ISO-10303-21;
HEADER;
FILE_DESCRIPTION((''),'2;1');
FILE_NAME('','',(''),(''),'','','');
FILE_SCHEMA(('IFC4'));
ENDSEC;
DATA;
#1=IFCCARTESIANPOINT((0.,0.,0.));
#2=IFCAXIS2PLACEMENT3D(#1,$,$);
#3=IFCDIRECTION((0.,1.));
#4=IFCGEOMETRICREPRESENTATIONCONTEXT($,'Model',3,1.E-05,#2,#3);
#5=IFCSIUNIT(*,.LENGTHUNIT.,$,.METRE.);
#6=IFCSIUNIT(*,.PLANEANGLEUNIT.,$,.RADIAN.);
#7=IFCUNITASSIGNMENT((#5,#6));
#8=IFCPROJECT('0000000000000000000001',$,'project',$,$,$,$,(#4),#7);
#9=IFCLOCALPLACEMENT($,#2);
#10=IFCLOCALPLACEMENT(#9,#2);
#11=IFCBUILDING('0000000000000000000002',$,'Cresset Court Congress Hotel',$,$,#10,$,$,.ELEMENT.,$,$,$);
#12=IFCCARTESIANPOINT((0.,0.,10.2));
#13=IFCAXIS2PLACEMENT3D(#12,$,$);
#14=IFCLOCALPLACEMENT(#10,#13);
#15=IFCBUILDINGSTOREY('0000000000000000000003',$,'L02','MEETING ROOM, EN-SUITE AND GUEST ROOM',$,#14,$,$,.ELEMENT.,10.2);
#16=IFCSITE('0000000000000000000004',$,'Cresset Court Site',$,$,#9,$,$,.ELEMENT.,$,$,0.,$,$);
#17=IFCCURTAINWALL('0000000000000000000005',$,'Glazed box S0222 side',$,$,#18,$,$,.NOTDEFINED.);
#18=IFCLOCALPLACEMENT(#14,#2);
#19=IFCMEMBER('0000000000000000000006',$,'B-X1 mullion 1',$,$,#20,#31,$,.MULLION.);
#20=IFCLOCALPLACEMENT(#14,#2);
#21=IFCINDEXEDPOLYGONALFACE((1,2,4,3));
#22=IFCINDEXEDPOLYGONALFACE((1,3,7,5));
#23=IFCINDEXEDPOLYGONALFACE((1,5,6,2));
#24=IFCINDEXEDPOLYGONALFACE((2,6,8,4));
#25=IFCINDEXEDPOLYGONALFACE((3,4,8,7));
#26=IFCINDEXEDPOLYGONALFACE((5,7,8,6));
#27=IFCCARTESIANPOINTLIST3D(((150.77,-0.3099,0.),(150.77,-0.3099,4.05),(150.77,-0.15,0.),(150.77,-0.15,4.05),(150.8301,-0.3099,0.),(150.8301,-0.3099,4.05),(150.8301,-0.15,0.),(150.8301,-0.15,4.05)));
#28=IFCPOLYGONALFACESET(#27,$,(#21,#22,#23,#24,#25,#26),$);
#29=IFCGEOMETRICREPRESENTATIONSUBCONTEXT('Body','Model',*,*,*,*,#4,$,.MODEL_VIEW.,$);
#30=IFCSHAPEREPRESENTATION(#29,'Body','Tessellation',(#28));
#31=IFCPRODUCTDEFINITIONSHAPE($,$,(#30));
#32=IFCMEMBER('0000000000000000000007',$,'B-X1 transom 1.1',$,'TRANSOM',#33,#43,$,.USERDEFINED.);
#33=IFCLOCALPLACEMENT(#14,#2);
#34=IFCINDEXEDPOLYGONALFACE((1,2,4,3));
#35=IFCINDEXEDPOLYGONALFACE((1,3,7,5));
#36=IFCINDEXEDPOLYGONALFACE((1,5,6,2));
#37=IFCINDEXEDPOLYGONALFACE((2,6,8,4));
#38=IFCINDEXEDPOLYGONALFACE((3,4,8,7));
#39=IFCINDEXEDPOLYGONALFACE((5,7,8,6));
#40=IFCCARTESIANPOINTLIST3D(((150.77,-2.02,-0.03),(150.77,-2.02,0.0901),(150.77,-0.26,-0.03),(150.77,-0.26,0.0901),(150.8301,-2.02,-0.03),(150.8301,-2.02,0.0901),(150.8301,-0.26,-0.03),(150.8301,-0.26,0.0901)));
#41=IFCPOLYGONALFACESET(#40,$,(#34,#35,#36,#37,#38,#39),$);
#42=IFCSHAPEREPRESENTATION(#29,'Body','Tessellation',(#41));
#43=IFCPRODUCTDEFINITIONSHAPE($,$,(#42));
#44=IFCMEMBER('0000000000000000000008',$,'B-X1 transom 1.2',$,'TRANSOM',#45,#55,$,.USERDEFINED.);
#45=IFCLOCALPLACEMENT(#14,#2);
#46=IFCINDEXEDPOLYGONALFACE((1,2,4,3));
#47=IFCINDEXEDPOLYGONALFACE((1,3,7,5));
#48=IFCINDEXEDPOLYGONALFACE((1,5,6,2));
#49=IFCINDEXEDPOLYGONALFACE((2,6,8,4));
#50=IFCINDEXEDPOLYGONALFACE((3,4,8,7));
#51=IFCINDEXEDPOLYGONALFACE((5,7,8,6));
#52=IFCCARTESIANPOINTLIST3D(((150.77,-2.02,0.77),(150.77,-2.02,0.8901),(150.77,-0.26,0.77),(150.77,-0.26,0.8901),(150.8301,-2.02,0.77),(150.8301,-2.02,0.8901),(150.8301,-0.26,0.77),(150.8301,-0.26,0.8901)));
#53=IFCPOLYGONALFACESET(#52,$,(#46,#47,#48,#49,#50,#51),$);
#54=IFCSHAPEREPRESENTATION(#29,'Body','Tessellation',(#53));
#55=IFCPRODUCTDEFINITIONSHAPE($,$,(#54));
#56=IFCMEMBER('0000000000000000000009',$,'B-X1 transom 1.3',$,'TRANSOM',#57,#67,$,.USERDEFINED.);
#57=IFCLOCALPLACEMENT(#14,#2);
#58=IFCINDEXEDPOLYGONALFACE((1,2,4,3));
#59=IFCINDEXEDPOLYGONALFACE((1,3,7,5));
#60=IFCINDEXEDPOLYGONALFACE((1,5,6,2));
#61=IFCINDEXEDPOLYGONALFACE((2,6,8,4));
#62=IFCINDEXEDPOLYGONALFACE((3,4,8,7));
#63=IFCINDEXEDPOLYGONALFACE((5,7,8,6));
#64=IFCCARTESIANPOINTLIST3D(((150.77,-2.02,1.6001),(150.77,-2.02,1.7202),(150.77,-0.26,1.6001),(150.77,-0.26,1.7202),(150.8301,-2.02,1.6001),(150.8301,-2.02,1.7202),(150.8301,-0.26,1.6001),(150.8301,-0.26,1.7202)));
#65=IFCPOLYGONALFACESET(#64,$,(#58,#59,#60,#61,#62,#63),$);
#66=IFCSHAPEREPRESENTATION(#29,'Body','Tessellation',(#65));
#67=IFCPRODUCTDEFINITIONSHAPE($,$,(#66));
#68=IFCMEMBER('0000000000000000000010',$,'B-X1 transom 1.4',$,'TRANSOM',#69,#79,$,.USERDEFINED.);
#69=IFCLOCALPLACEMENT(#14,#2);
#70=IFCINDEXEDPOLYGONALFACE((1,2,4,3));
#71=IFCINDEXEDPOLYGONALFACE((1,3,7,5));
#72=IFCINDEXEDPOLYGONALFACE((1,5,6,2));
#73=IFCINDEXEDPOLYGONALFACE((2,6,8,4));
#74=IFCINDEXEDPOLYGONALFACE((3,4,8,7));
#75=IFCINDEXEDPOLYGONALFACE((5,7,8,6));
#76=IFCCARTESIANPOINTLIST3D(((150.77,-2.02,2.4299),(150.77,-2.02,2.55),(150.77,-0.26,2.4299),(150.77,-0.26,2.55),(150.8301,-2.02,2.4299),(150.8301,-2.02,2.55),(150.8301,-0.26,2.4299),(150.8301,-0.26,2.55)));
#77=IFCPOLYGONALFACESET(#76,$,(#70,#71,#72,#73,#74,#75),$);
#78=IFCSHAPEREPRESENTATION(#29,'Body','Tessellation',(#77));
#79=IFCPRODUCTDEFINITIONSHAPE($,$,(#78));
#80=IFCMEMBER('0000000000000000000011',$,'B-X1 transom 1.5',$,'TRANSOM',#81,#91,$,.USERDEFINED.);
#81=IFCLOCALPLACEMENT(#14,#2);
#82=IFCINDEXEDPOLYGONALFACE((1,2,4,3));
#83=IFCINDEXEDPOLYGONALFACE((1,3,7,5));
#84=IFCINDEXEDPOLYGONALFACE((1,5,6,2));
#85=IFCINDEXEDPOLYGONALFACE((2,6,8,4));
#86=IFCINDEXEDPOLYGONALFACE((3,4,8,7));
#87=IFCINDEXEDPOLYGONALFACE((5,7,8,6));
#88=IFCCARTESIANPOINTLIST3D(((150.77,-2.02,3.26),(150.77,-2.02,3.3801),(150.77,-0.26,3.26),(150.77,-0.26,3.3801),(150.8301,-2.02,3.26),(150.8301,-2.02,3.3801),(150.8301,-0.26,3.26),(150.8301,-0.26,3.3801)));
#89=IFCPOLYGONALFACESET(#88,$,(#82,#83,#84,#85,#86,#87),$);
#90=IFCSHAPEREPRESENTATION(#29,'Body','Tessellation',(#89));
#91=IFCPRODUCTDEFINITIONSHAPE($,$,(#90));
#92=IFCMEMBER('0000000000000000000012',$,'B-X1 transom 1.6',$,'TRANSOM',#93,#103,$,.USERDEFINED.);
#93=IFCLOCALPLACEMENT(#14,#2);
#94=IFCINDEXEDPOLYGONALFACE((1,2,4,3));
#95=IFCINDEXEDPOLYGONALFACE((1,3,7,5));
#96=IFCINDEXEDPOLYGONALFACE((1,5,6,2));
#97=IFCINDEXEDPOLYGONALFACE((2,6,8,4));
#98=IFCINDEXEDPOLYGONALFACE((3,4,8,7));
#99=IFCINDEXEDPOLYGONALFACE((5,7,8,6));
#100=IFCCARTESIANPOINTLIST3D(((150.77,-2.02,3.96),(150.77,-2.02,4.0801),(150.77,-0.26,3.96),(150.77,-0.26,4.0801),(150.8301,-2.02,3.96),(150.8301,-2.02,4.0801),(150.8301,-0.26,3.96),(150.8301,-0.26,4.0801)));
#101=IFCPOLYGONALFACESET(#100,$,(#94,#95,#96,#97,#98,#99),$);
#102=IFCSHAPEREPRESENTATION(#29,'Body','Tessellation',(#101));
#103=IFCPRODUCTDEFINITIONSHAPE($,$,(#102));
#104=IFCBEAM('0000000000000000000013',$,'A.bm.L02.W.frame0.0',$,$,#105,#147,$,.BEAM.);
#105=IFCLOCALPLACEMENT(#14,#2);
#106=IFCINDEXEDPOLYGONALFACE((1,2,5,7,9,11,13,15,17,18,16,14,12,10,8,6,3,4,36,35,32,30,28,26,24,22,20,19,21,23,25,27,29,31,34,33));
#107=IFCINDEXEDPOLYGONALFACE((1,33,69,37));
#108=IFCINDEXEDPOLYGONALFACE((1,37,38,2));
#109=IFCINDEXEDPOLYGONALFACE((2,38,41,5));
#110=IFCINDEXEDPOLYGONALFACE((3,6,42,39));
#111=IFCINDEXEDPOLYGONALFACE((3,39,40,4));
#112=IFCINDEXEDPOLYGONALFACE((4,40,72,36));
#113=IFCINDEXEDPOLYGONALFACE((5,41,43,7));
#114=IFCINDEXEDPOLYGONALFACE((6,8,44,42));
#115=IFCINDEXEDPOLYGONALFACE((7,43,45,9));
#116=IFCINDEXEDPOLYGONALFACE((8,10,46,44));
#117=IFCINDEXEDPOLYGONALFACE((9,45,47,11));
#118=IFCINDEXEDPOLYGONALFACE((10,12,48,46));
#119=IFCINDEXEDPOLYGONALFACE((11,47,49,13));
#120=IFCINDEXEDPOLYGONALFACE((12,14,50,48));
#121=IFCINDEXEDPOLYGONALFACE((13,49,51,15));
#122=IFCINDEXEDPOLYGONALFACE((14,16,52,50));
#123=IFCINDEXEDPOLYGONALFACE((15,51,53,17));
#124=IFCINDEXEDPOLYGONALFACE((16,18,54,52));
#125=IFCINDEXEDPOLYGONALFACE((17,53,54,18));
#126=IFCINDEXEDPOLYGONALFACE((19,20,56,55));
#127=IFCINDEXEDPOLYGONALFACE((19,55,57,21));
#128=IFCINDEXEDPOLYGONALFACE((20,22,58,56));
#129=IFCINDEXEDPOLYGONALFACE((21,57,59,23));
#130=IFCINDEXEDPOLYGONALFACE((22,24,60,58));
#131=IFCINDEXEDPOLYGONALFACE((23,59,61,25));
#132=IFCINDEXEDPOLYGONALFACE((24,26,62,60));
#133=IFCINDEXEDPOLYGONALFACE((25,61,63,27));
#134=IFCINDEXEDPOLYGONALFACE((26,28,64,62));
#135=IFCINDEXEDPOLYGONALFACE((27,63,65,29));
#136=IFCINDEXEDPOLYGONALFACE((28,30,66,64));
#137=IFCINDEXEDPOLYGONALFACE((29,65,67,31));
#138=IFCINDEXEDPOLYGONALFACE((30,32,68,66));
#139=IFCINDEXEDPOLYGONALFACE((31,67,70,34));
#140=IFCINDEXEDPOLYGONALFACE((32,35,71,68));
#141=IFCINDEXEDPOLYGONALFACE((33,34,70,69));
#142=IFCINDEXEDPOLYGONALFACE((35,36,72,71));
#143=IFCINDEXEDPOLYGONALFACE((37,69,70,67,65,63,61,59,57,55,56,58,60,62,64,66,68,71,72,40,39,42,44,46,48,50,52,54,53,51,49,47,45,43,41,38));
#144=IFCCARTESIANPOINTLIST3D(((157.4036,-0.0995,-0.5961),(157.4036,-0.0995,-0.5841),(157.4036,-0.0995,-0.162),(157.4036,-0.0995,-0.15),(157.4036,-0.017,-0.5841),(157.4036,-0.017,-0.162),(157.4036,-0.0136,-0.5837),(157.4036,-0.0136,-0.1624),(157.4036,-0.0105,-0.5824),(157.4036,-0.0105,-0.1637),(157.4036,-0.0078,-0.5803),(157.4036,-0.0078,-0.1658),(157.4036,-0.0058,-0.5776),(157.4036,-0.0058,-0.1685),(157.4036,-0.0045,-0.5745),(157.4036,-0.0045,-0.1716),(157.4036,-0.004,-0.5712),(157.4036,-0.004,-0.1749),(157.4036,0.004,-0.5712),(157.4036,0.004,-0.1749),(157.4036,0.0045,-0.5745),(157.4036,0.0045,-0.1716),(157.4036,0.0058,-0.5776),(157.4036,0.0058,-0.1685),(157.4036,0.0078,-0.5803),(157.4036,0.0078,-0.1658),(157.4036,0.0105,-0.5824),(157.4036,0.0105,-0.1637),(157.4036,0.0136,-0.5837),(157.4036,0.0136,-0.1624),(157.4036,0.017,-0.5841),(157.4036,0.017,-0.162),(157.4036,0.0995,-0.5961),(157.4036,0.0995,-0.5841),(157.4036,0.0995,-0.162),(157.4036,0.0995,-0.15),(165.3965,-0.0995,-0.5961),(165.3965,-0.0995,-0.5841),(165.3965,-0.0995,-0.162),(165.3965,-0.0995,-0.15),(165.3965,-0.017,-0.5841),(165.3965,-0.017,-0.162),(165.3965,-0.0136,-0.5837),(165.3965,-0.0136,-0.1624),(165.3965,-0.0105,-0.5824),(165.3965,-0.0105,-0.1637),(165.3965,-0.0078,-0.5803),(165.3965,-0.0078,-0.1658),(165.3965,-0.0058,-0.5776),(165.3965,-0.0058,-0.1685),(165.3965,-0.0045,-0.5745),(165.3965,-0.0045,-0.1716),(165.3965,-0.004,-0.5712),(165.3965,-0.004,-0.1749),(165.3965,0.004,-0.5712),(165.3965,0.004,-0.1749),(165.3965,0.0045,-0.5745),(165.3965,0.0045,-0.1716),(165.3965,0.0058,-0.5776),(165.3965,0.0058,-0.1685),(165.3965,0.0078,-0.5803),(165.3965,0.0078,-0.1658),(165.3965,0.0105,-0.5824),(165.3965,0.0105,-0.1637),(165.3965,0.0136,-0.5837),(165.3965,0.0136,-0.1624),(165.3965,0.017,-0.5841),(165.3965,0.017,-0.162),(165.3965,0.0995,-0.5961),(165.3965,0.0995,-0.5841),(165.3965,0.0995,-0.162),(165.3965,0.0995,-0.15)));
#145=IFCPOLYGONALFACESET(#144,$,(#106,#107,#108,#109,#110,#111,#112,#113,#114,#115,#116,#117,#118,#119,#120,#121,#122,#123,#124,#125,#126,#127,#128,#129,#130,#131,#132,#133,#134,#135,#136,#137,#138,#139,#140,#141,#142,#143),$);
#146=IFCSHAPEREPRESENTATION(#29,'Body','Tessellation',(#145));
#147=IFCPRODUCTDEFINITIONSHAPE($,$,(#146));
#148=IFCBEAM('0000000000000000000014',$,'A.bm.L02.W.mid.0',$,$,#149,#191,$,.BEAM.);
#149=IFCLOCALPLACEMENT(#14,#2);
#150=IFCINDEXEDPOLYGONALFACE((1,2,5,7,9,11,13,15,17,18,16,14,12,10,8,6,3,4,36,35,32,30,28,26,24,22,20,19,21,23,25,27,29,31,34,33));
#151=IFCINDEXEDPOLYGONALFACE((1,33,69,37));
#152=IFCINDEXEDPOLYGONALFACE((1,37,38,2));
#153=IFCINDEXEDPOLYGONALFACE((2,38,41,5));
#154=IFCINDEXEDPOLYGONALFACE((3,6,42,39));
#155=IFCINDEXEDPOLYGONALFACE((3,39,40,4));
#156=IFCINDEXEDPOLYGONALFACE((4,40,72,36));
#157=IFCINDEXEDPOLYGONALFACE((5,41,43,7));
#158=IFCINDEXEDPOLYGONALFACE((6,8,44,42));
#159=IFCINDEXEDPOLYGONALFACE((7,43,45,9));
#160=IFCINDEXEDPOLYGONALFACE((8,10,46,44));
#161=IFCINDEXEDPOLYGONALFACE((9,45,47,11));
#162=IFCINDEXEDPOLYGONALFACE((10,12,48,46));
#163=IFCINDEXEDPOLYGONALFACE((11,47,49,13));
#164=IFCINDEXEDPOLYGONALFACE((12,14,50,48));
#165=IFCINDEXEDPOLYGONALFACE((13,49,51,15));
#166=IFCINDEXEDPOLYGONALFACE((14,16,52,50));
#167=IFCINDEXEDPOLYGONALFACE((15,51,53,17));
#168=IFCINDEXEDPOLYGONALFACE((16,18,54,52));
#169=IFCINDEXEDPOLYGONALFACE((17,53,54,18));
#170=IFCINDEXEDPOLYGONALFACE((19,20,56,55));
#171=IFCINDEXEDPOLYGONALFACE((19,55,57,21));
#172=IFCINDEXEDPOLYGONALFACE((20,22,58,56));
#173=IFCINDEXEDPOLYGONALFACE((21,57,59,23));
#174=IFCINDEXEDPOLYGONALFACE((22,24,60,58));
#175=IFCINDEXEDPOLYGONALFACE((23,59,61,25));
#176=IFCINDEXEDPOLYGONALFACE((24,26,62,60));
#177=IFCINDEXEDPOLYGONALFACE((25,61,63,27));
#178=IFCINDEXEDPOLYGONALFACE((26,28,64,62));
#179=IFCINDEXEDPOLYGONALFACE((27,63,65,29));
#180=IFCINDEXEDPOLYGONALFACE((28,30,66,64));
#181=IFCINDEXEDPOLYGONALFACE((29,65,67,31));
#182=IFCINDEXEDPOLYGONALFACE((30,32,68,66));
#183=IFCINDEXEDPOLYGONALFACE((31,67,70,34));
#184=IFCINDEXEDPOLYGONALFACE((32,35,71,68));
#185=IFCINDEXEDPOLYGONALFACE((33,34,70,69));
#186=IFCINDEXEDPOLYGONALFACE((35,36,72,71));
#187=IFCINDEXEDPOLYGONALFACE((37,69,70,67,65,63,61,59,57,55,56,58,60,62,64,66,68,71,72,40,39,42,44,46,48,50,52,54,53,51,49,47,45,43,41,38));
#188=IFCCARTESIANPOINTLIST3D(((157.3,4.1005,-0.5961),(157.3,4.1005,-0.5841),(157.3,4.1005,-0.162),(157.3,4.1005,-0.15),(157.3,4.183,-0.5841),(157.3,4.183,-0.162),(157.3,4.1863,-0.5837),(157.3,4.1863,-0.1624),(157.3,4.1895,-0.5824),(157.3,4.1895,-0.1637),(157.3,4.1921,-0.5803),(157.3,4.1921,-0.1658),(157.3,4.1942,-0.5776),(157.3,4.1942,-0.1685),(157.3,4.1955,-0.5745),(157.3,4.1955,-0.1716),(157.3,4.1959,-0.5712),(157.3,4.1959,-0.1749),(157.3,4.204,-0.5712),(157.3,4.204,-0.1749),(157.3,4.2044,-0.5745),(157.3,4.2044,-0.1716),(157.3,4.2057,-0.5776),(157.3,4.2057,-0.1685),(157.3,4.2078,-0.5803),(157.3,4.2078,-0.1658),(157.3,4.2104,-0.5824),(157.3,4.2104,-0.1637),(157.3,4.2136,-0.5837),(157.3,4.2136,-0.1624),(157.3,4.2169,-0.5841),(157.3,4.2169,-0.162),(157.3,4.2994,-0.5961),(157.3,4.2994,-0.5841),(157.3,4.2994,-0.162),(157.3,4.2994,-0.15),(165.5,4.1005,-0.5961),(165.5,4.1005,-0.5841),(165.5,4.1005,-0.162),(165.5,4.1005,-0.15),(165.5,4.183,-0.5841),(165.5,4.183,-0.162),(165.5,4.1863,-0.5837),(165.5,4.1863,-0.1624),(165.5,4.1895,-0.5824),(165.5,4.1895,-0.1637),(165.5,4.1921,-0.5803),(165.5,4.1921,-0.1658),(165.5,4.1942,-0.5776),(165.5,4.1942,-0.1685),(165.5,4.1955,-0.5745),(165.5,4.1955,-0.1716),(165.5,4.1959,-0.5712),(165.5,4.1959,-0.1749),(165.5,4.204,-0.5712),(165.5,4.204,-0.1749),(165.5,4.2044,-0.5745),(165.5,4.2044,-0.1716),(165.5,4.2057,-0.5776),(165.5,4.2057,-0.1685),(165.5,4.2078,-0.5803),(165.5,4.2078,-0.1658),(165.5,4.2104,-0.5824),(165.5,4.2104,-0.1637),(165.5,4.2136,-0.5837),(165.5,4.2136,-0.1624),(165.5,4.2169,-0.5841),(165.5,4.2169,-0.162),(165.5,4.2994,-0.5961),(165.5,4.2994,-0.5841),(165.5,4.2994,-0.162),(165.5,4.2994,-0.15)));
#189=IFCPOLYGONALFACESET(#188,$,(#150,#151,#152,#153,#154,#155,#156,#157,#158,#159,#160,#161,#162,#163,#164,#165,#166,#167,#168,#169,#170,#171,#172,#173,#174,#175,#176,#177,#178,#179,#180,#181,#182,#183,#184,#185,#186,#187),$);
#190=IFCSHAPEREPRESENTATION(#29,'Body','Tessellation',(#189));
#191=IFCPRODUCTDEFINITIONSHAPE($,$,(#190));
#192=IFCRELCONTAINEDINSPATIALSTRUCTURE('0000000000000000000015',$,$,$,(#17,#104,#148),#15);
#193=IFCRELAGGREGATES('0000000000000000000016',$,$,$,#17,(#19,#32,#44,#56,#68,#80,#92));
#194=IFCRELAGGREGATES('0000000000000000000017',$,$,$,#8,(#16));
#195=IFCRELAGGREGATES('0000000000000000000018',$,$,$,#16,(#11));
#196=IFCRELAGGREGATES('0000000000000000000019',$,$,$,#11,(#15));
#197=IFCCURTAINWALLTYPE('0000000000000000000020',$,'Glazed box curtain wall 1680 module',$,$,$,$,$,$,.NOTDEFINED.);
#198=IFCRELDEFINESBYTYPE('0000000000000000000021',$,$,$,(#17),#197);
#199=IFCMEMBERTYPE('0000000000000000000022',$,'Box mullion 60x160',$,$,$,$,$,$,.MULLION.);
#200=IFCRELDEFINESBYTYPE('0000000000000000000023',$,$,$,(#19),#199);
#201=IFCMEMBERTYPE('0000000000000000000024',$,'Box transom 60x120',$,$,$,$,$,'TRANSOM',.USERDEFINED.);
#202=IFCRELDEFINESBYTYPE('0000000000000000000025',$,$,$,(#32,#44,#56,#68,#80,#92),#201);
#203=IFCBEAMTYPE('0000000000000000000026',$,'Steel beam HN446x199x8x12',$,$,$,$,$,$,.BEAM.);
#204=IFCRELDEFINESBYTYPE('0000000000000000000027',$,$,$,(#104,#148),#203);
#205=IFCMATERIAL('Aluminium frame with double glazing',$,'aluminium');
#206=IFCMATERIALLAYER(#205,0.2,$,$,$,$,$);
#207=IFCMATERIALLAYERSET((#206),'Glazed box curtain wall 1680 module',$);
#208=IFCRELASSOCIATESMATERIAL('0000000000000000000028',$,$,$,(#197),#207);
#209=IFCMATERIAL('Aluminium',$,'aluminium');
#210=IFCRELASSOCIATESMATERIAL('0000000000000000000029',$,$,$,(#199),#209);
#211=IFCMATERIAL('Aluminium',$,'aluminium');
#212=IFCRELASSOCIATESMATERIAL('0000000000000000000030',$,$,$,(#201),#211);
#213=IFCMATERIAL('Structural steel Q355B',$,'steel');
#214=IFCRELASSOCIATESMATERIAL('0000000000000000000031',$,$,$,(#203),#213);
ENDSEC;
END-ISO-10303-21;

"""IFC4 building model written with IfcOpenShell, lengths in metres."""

from ifc_helpers import new_model, si_unit, direction, frame, origin, origin_2d, place, context, subcontext, project, spatial, rectangle, i_section, extrude, material, layer, layer_set, material_profile, profile_set, type_object, element, aggregate, save


model = new_model("IFC4")

# Units and contexts
model_context = context("Model", 3, precision=1e-05, world=origin(), true_north=direction((0.0, 1.0)))
body_context = subcontext(model_context, "Body", "Model", "MODEL_VIEW")
ifc_project = project(units=[si_unit("LENGTHUNIT", "METRE"), si_unit("PLANEANGLEUNIT", "RADIAN")], contexts=[model_context])

# Site, building, storey
site_placement = place(None, origin())
site = spatial("IfcSite", under=ifc_project, at=site_placement, Name="Cresset Court Site", CompositionType="ELEMENT", RefElevation=0.0)
building_placement = place(site_placement, origin())
building = spatial("IfcBuilding", under=site, at=building_placement, Name="Cresset Court Congress Hotel", CompositionType="ELEMENT")
storey_placement = place(building_placement, frame((0.0, 0.0, 10.2)))
storey = spatial("IfcBuildingStorey", under=building, at=storey_placement, Name="L02", Description="MEETING ROOM, EN-SUITE AND GUEST ROOM", CompositionType="ELEMENT", Elevation=10.2)

# Curtain wall, members
ifc_material_1 = material(Name="Aluminium frame with double glazing", Category="aluminium")
ifc_layer_1 = layer(ifc_material_1, 0.2)
ifc_layer_set_1 = layer_set([ifc_layer_1], Name="Glazed box curtain wall 1680 module")
curtain_wall_type = type_object("IfcCurtainWallType", Name="Glazed box curtain wall 1680 module", PredefinedType="NOTDEFINED", material=ifc_layer_set_1)
curtain_wall_placement = place(storey_placement, origin())
curtain_wall = element("IfcCurtainWall", 1, at=curtain_wall_placement, inside=storey, type_object=curtain_wall_type, Name="Glazed box S0222 side", PredefinedType="NOTDEFINED")
ifc_material_2 = material(Name="Aluminium", Category="aluminium")
ifc_material_profile_1 = material_profile(ifc_material_2, rectangle(XDim=0.0601, YDim=0.1599, at=origin_2d()), Name="Box mullion 60x160")
ifc_profile_set_1 = profile_set([ifc_material_profile_1], Name="Aluminium")
member_type_1 = type_object("IfcMemberType", Name="Box mullion 60x160", PredefinedType="MULLION", material=ifc_profile_set_1)
member_1_placement = place(storey_placement, frame((150.8, -0.23, 0.0), z_axis=(0.0, 0.0, 1.0), x_axis=(1.0, 0.0, 0.0)))
member_1 = element("IfcMember", 2, at=member_1_placement, type_object=member_type_1, Name="B-X1 mullion 1", PredefinedType="MULLION", context=body_context, shape_type="SweptSolid", body=[
    extrude(rectangle(XDim=0.0601, YDim=0.1599, at=origin_2d()), origin(), (0.0, 0.0, 1.0), 4.05),
])
ifc_material_3 = material(Name="Aluminium", Category="aluminium")
ifc_material_profile_2 = material_profile(ifc_material_3, rectangle(XDim=0.0601, YDim=0.1201, at=origin_2d()), Name="Box transom 60x120")
ifc_profile_set_2 = profile_set([ifc_material_profile_2], Name="Aluminium")
member_type_2 = type_object("IfcMemberType", Name="Box transom 60x120", ElementType="TRANSOM", PredefinedType="USERDEFINED", material=ifc_profile_set_2)
member_2_placement = place(storey_placement, frame((150.8, -0.26, 0.03), z_axis=(0.0, -1.0, 0.0), x_axis=(1.0, 0.0, 0.0)))
member_2 = element("IfcMember", 3, at=member_2_placement, type_object=member_type_2, Name="B-X1 transom 1.1", ObjectType="TRANSOM", PredefinedType="USERDEFINED", context=body_context, shape_type="SweptSolid", body=[
    extrude(rectangle(XDim=0.0601, YDim=0.1201, at=origin_2d()), origin(), (0.0, 0.0, 1.0), 1.76),
])
member_3_placement = place(storey_placement, frame((150.8, -0.26, 0.8301), z_axis=(0.0, -1.0, 0.0), x_axis=(1.0, 0.0, 0.0)))
member_3 = element("IfcMember", 4, at=member_3_placement, type_object=member_type_2, Name="B-X1 transom 1.2", ObjectType="TRANSOM", PredefinedType="USERDEFINED", context=body_context, shape_type="SweptSolid", body=[
    extrude(rectangle(XDim=0.0601, YDim=0.1201, at=origin_2d()), origin(), (0.0, 0.0, 1.0), 1.76),
])
member_4_placement = place(storey_placement, frame((150.8, -0.26, 1.6602), z_axis=(0.0, -1.0, 0.0), x_axis=(1.0, 0.0, 0.0)))
member_4 = element("IfcMember", 5, at=member_4_placement, type_object=member_type_2, Name="B-X1 transom 1.3", ObjectType="TRANSOM", PredefinedType="USERDEFINED", context=body_context, shape_type="SweptSolid", body=[
    extrude(rectangle(XDim=0.0601, YDim=0.1201, at=origin_2d()), origin(), (0.0, 0.0, 1.0), 1.76),
])
member_5_placement = place(storey_placement, frame((150.8, -0.26, 2.49), z_axis=(0.0, -1.0, 0.0), x_axis=(1.0, 0.0, 0.0)))
member_5 = element("IfcMember", 6, at=member_5_placement, type_object=member_type_2, Name="B-X1 transom 1.4", ObjectType="TRANSOM", PredefinedType="USERDEFINED", context=body_context, shape_type="SweptSolid", body=[
    extrude(rectangle(XDim=0.0601, YDim=0.1201, at=origin_2d()), origin(), (0.0, 0.0, 1.0), 1.76),
])
member_6_placement = place(storey_placement, frame((150.8, -0.26, 3.3201), z_axis=(0.0, -1.0, 0.0), x_axis=(1.0, 0.0, 0.0)))
member_6 = element("IfcMember", 7, at=member_6_placement, type_object=member_type_2, Name="B-X1 transom 1.5", ObjectType="TRANSOM", PredefinedType="USERDEFINED", context=body_context, shape_type="SweptSolid", body=[
    extrude(rectangle(XDim=0.0601, YDim=0.1201, at=origin_2d()), origin(), (0.0, 0.0, 1.0), 1.76),
])
member_7_placement = place(storey_placement, frame((150.8, -0.26, 4.02), z_axis=(0.0, -1.0, 0.0), x_axis=(1.0, 0.0, 0.0)))
member_7 = element("IfcMember", 8, at=member_7_placement, type_object=member_type_2, Name="B-X1 transom 1.6", ObjectType="TRANSOM", PredefinedType="USERDEFINED", context=body_context, shape_type="SweptSolid", body=[
    extrude(rectangle(XDim=0.0601, YDim=0.1201, at=origin_2d()), origin(), (0.0, 0.0, 1.0), 1.76),
])
aggregate(curtain_wall, [member_1, member_2, member_3, member_4, member_5, member_6, member_7])

# Beams
ifc_material_4 = material(Name="Structural steel Q355B", Category="steel")
ifc_material_profile_3 = material_profile(ifc_material_4, i_section(OverallWidth=0.199, OverallDepth=0.446, WebThickness=0.0081, FlangeThickness=0.012, FilletRadius=0.0129, at=origin_2d()), Name="HN446x199x8x12")
ifc_profile_set_3 = profile_set([ifc_material_profile_3], Name="Structural steel Q355B")
beam_type_1 = type_object("IfcBeamType", Name="Steel beam HN446x199x8x12", PredefinedType="BEAM", material=ifc_profile_set_3)
beam_1_placement = place(storey_placement, frame((157.4036, 0.0, -0.373), z_axis=(1.0, 0.0, 0.0), x_axis=(0.0, 1.0, 0.0)))
element("IfcBeam", 9, at=beam_1_placement, inside=storey, type_object=beam_type_1, Name="A.bm.L02.W.frame0.0", PredefinedType="BEAM", context=body_context, shape_type="SweptSolid", body=[
    extrude(i_section(OverallWidth=0.199, OverallDepth=0.446, WebThickness=0.0081, FlangeThickness=0.012, FilletRadius=0.0129, at=origin_2d()), origin(), (0.0, 0.0, 1.0), 7.9929),
])
beam_2_placement = place(storey_placement, frame((157.3, 4.2, -0.373), z_axis=(1.0, 0.0, 0.0), x_axis=(0.0, 1.0, 0.0)))
element("IfcBeam", 10, at=beam_2_placement, inside=storey, type_object=beam_type_1, Name="A.bm.L02.W.mid.0", PredefinedType="BEAM", context=body_context, shape_type="SweptSolid", body=[
    extrude(i_section(OverallWidth=0.199, OverallDepth=0.446, WebThickness=0.0081, FlangeThickness=0.012, FilletRadius=0.0129, at=origin_2d()), origin(), (0.0, 0.0, 1.0), 8.2),
])

save(model, "model.ifc")
